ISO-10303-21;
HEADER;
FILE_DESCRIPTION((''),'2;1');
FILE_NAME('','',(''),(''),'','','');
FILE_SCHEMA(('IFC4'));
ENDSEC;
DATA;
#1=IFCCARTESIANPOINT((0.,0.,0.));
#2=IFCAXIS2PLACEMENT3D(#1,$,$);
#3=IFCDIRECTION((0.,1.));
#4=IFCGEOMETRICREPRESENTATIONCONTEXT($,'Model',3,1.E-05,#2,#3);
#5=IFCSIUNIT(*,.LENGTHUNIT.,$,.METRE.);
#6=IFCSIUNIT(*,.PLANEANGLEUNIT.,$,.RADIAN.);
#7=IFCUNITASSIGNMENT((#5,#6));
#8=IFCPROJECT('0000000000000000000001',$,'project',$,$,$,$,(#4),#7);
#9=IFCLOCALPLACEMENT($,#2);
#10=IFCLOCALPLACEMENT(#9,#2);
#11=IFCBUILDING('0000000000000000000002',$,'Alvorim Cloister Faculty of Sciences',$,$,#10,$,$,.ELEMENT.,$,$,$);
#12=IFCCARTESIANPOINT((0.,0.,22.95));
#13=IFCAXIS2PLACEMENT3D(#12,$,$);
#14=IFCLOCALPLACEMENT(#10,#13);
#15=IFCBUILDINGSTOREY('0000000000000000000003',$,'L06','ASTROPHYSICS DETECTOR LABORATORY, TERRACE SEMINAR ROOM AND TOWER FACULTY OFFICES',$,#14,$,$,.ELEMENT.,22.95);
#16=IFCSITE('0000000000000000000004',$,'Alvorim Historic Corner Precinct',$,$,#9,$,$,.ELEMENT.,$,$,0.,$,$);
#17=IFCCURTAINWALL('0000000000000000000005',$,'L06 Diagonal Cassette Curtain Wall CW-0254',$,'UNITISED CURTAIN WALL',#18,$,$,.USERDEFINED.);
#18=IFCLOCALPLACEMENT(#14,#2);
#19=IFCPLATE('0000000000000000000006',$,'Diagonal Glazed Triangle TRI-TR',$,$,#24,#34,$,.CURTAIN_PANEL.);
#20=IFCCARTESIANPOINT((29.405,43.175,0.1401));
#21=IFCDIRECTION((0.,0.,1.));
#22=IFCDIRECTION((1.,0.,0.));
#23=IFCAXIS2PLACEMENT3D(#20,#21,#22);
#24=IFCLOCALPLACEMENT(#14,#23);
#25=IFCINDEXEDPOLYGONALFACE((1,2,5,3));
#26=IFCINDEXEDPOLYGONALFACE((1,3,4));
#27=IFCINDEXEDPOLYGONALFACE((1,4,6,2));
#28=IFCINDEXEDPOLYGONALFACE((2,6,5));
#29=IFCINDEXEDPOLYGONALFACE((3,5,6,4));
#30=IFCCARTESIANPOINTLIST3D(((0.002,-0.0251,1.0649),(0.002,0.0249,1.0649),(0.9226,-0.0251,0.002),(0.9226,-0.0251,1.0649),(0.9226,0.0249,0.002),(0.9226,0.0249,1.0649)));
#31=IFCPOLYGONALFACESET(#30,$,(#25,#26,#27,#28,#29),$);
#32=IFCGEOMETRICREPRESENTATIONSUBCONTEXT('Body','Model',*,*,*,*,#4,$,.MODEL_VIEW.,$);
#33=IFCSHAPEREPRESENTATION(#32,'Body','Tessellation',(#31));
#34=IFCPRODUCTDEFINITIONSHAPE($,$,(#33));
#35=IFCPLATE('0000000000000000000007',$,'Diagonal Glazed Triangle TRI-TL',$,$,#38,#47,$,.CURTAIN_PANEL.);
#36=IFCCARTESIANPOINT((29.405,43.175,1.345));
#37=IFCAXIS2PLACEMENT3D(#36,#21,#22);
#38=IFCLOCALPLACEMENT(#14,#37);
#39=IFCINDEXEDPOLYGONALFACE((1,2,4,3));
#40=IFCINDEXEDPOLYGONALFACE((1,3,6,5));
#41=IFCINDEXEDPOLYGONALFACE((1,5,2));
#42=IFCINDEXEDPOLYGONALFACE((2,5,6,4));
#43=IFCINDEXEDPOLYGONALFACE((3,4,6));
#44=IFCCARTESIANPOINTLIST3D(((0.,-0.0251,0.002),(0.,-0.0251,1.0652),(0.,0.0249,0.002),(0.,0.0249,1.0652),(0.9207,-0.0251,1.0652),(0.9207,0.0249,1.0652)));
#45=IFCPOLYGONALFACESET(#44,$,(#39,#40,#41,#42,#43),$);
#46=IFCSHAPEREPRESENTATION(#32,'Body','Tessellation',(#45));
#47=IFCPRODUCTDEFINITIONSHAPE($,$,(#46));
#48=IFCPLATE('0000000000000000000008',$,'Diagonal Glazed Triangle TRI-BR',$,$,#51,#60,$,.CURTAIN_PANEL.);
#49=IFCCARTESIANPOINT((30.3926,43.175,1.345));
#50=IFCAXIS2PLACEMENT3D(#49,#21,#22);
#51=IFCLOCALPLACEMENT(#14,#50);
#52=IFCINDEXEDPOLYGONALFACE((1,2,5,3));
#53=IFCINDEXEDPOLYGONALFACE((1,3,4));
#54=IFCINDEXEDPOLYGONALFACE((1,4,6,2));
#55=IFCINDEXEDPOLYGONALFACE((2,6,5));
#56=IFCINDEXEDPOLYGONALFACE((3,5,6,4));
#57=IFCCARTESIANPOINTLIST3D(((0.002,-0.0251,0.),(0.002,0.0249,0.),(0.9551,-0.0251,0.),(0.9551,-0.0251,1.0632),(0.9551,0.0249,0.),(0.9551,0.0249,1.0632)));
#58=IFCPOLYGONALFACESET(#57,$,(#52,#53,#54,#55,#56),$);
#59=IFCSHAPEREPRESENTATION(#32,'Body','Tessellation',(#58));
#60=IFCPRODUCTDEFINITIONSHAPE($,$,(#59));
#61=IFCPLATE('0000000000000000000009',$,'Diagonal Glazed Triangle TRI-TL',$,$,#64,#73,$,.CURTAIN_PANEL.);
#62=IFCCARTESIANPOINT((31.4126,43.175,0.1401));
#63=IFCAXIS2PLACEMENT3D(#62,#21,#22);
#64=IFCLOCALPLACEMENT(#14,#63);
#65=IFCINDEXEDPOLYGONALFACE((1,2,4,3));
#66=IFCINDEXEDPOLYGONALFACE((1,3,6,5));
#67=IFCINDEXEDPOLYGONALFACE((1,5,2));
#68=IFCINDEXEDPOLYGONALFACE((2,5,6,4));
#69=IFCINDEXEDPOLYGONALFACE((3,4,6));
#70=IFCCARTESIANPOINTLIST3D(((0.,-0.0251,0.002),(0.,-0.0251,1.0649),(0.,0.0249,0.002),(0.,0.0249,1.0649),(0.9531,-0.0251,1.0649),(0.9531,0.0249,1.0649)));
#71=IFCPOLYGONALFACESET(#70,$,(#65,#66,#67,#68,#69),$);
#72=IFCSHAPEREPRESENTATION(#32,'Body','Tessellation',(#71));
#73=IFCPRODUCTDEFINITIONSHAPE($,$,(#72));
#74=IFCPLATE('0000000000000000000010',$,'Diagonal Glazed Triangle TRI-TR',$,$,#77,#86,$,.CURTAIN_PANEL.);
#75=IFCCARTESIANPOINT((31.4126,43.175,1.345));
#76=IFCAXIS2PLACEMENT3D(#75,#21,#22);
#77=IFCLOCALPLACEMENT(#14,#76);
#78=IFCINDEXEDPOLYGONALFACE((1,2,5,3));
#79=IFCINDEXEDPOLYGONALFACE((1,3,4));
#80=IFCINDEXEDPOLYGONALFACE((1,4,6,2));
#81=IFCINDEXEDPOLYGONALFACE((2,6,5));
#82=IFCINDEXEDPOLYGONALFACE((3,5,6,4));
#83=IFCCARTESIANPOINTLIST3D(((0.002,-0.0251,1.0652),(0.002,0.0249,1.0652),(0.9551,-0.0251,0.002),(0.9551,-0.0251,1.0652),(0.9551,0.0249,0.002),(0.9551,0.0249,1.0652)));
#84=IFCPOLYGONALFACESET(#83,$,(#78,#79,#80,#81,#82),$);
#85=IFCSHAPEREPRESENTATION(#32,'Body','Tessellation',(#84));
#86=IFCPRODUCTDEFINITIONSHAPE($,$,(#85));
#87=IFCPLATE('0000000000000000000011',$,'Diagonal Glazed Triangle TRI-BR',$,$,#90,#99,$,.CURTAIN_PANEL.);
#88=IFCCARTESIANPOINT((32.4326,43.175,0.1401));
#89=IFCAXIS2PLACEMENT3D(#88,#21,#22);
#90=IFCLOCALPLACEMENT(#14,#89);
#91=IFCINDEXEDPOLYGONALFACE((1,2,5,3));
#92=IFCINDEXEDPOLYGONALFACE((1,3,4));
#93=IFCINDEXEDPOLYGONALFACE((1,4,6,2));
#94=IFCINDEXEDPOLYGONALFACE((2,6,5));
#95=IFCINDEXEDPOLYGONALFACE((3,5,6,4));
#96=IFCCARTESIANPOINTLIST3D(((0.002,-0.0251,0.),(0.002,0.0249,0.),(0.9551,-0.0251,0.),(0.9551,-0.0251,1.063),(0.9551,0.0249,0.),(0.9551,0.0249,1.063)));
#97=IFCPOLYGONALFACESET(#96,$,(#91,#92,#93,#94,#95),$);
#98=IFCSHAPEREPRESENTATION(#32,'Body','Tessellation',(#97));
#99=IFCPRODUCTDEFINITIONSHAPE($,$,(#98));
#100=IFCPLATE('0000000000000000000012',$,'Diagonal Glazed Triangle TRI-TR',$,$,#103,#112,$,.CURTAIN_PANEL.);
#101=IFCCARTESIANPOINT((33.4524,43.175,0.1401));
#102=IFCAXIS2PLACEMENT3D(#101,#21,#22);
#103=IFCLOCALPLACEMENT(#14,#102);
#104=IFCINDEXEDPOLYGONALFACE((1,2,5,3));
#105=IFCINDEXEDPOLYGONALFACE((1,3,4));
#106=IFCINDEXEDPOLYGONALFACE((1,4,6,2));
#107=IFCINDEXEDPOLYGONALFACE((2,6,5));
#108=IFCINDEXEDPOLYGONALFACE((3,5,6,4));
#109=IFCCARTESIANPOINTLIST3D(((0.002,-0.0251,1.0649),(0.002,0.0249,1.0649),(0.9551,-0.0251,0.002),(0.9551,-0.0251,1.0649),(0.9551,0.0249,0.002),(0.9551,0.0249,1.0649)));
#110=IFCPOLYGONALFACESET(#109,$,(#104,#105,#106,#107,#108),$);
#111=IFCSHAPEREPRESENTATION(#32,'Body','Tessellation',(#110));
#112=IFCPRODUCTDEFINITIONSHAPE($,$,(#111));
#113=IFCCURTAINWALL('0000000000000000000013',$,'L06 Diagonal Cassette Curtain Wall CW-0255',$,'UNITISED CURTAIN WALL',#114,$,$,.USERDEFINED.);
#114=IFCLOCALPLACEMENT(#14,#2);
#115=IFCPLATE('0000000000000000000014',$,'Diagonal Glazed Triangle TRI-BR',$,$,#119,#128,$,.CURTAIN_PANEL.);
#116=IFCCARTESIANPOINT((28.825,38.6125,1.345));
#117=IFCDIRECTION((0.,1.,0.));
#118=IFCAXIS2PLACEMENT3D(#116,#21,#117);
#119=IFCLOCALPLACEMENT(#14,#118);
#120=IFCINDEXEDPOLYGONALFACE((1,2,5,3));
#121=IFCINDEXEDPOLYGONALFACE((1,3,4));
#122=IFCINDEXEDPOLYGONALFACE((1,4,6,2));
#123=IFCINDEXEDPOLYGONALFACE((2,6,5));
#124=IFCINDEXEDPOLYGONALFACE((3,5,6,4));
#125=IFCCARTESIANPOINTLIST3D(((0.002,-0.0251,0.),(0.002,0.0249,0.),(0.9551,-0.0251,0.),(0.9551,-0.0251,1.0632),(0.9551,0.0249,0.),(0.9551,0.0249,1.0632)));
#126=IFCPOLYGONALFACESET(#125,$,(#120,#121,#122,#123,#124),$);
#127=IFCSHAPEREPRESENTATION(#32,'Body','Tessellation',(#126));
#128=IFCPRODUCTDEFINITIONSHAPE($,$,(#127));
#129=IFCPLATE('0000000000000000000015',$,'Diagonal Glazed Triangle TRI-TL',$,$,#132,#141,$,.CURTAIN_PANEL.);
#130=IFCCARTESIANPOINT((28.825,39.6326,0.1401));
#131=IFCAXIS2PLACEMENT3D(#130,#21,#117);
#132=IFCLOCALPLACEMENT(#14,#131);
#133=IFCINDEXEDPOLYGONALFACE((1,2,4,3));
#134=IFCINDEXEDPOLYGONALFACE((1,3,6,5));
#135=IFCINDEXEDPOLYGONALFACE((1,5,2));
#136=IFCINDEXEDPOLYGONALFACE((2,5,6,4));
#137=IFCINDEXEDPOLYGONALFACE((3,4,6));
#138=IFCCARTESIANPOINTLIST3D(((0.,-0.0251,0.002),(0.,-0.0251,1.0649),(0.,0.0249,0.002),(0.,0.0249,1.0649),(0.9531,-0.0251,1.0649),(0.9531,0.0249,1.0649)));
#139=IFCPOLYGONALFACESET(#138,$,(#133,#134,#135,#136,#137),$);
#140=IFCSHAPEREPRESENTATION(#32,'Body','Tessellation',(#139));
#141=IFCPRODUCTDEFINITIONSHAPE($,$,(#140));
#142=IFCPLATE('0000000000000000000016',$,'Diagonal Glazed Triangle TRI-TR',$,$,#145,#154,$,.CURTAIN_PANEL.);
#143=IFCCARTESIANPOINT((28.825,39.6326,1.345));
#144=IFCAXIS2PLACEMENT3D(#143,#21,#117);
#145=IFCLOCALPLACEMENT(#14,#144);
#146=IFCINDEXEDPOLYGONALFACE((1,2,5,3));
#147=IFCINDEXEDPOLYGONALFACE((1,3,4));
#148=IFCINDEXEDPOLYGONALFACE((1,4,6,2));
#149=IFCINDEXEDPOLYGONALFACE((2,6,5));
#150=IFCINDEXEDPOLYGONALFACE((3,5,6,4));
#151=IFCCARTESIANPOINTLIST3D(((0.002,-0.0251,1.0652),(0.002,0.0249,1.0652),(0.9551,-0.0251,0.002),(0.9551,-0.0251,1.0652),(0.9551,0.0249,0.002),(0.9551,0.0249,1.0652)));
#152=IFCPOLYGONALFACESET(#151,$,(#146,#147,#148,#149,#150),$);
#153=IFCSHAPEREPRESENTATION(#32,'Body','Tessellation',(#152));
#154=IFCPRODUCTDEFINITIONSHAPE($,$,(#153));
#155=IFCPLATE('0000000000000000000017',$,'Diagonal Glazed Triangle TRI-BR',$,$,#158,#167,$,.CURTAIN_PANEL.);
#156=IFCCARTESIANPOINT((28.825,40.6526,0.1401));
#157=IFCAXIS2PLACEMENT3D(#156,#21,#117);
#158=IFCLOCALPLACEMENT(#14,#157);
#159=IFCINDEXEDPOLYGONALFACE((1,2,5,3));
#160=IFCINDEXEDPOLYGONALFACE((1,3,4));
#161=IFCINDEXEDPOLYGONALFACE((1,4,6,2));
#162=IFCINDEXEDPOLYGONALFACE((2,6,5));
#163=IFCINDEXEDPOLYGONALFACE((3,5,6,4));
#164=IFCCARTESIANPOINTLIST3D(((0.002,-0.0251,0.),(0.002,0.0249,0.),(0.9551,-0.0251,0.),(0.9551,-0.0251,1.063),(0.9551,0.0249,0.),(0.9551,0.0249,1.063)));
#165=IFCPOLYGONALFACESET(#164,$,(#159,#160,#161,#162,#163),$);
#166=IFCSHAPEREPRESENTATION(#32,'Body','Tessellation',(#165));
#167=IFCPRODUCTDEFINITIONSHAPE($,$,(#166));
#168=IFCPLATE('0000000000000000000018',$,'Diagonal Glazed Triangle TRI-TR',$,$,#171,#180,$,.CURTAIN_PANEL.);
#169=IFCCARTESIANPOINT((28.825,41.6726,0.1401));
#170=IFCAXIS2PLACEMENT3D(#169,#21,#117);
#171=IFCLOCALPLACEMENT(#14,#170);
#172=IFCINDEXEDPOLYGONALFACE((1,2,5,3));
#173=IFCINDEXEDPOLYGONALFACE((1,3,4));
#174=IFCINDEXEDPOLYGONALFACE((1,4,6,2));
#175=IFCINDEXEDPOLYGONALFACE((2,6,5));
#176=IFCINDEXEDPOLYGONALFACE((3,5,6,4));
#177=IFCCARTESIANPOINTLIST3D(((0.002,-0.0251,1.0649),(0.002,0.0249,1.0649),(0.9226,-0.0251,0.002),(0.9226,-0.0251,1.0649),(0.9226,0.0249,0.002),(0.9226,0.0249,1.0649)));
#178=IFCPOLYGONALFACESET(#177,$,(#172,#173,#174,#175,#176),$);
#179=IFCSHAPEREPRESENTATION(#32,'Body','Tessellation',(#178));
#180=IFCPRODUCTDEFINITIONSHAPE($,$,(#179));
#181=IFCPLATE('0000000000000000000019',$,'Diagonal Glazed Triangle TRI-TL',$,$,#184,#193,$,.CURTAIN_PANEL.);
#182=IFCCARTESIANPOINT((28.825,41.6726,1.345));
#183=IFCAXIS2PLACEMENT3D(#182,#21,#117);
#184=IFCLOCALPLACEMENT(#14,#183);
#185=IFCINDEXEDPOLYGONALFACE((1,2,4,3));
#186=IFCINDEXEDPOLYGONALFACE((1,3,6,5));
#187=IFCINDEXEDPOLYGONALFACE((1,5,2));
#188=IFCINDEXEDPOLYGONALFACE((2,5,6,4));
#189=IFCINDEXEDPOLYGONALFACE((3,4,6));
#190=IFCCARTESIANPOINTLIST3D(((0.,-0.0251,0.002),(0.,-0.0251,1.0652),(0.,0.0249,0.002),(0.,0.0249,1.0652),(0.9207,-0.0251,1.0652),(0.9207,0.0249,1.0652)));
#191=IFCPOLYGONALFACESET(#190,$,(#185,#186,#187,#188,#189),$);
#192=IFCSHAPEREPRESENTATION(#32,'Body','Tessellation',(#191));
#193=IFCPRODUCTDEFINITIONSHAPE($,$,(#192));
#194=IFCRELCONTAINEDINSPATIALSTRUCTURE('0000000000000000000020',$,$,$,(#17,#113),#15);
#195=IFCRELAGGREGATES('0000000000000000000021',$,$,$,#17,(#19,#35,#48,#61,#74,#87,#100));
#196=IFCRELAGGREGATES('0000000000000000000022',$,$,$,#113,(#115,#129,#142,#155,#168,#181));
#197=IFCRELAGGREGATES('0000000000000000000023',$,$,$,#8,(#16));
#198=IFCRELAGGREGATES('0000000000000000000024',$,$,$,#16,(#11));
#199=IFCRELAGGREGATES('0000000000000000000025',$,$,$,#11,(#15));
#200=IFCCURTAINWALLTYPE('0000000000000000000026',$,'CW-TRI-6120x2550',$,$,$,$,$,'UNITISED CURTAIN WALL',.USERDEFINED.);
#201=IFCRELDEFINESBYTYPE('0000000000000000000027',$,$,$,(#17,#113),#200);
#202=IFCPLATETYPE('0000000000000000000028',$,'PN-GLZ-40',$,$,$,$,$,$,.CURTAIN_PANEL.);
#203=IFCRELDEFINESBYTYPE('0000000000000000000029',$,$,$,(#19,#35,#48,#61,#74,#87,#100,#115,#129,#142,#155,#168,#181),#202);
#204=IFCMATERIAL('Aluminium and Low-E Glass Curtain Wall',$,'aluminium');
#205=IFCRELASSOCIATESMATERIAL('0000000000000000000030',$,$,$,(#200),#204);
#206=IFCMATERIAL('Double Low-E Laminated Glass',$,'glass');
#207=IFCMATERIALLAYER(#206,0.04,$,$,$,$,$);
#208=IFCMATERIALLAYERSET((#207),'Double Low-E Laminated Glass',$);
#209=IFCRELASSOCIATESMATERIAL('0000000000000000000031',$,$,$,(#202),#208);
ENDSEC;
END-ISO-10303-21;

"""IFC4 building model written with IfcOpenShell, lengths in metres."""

from ifc_helpers import new_model, si_unit, direction, frame, origin, place, context, subcontext, project, spatial, polyline, outline, extrude, material, layer, layer_set, type_object, element, aggregate, save


model = new_model("IFC4")

# Units and contexts
model_context = context("Model", 3, precision=1e-05, world=origin(), true_north=direction((0.0, 1.0)))
body_context = subcontext(model_context, "Body", "Model", "MODEL_VIEW")
ifc_project = project(units=[si_unit("LENGTHUNIT", "METRE"), si_unit("PLANEANGLEUNIT", "RADIAN")], contexts=[model_context])

# Site, building, storey
site_placement = place(None, origin())
site = spatial("IfcSite", under=ifc_project, at=site_placement, Name="Alvorim Historic Corner Precinct", CompositionType="ELEMENT", RefElevation=0.0)
building_placement = place(site_placement, origin())
building = spatial("IfcBuilding", under=site, at=building_placement, Name="Alvorim Cloister Faculty of Sciences", CompositionType="ELEMENT")
storey_placement = place(building_placement, frame((0.0, 0.0, 22.95)))
storey = spatial("IfcBuildingStorey", under=building, at=storey_placement, Name="L06", Description="ASTROPHYSICS DETECTOR LABORATORY, TERRACE SEMINAR ROOM AND TOWER FACULTY OFFICES", CompositionType="ELEMENT", Elevation=22.95)

# Curtain walls, plates
ifc_material_1 = material(Name="Aluminium and Low-E Glass Curtain Wall", Category="aluminium")
curtain_wall_type = type_object("IfcCurtainWallType", Name="CW-TRI-6120x2550", ElementType="UNITISED CURTAIN WALL", PredefinedType="USERDEFINED", material=ifc_material_1)
curtain_wall_1_placement = place(storey_placement, origin())
curtain_wall_1 = element("IfcCurtainWall", 1, at=curtain_wall_1_placement, inside=storey, type_object=curtain_wall_type, Name="L06 Diagonal Cassette Curtain Wall CW-0254", ObjectType="UNITISED CURTAIN WALL", PredefinedType="USERDEFINED")
ifc_material_2 = material(Name="Double Low-E Laminated Glass", Category="glass")
ifc_layer_1 = layer(ifc_material_2, 0.04)
ifc_layer_set_1 = layer_set([ifc_layer_1], Name="Double Low-E Laminated Glass")
plate_type = type_object("IfcPlateType", Name="PN-GLZ-40", PredefinedType="CURTAIN_PANEL", material=ifc_layer_set_1)
plate_1_placement = place(storey_placement, frame((29.405, 43.175, 0.1401), z_axis=(0.0, 0.0, 1.0), x_axis=(1.0, 0.0, 0.0)))
plate_1 = element("IfcPlate", 2, at=plate_1_placement, type_object=plate_type, Name="Diagonal Glazed Triangle TRI-TR", PredefinedType="CURTAIN_PANEL", context=body_context, shape_type="SweptSolid", body=[
    extrude(outline(polyline([(0.9226, 0.002), (0.9226, 1.0649), (0.002, 1.0649), (0.9226, 0.002)])), frame((0.0, 0.0249, 0.0), z_axis=(0.0, -1.0, 0.0), x_axis=(1.0, 0.0, 0.0)), (0.0, 0.0, 1.0), 0.05),
])
plate_2_placement = place(storey_placement, frame((29.405, 43.175, 1.345), z_axis=(0.0, 0.0, 1.0), x_axis=(1.0, 0.0, 0.0)))
plate_2 = element("IfcPlate", 3, at=plate_2_placement, type_object=plate_type, Name="Diagonal Glazed Triangle TRI-TL", PredefinedType="CURTAIN_PANEL", context=body_context, shape_type="SweptSolid", body=[
    extrude(outline(polyline([(0.9207, 1.0652), (0.0, 1.0652), (0.0, 0.002), (0.9207, 1.0652)])), frame((0.0, 0.0249, 0.0), z_axis=(0.0, -1.0, 0.0), x_axis=(1.0, 0.0, 0.0)), (0.0, 0.0, 1.0), 0.05),
])
plate_3_placement = place(storey_placement, frame((30.3926, 43.175, 1.345), z_axis=(0.0, 0.0, 1.0), x_axis=(1.0, 0.0, 0.0)))
plate_3 = element("IfcPlate", 4, at=plate_3_placement, type_object=plate_type, Name="Diagonal Glazed Triangle TRI-BR", PredefinedType="CURTAIN_PANEL", context=body_context, shape_type="SweptSolid", body=[
    extrude(outline(polyline([(0.002, 0.0), (0.9551, 0.0), (0.9551, 1.0632), (0.002, 0.0)])), frame((0.0, 0.0249, 0.0), z_axis=(0.0, -1.0, 0.0), x_axis=(1.0, 0.0, 0.0)), (0.0, 0.0, 1.0), 0.05),
])
plate_4_placement = place(storey_placement, frame((31.4126, 43.175, 0.1401), z_axis=(0.0, 0.0, 1.0), x_axis=(1.0, 0.0, 0.0)))
plate_4 = element("IfcPlate", 5, at=plate_4_placement, type_object=plate_type, Name="Diagonal Glazed Triangle TRI-TL", PredefinedType="CURTAIN_PANEL", context=body_context, shape_type="SweptSolid", body=[
    extrude(outline(polyline([(0.9531, 1.0649), (0.0, 1.0649), (0.0, 0.002), (0.9531, 1.0649)])), frame((0.0, 0.0249, 0.0), z_axis=(0.0, -1.0, 0.0), x_axis=(1.0, 0.0, 0.0)), (0.0, 0.0, 1.0), 0.05),
])
plate_5_placement = place(storey_placement, frame((31.4126, 43.175, 1.345), z_axis=(0.0, 0.0, 1.0), x_axis=(1.0, 0.0, 0.0)))
plate_5 = element("IfcPlate", 6, at=plate_5_placement, type_object=plate_type, Name="Diagonal Glazed Triangle TRI-TR", PredefinedType="CURTAIN_PANEL", context=body_context, shape_type="SweptSolid", body=[
    extrude(outline(polyline([(0.9551, 0.002), (0.9551, 1.0652), (0.002, 1.0652), (0.9551, 0.002)])), frame((0.0, 0.0249, 0.0), z_axis=(0.0, -1.0, 0.0), x_axis=(1.0, 0.0, 0.0)), (0.0, 0.0, 1.0), 0.05),
])
plate_6_placement = place(storey_placement, frame((32.4326, 43.175, 0.1401), z_axis=(0.0, 0.0, 1.0), x_axis=(1.0, 0.0, 0.0)))
plate_6 = element("IfcPlate", 7, at=plate_6_placement, type_object=plate_type, Name="Diagonal Glazed Triangle TRI-BR", PredefinedType="CURTAIN_PANEL", context=body_context, shape_type="SweptSolid", body=[
    extrude(outline(polyline([(0.002, 0.0), (0.9551, 0.0), (0.9551, 1.063), (0.002, 0.0)])), frame((0.0, 0.0249, 0.0), z_axis=(0.0, -1.0, 0.0), x_axis=(1.0, 0.0, 0.0)), (0.0, 0.0, 1.0), 0.05),
])
plate_7_placement = place(storey_placement, frame((33.4524, 43.175, 0.1401), z_axis=(0.0, 0.0, 1.0), x_axis=(1.0, 0.0, 0.0)))
plate_7 = element("IfcPlate", 8, at=plate_7_placement, type_object=plate_type, Name="Diagonal Glazed Triangle TRI-TR", PredefinedType="CURTAIN_PANEL", context=body_context, shape_type="SweptSolid", body=[
    extrude(outline(polyline([(0.9551, 0.002), (0.9551, 1.0649), (0.002, 1.0649), (0.9551, 0.002)])), frame((0.0, 0.0249, 0.0), z_axis=(0.0, -1.0, 0.0), x_axis=(1.0, 0.0, 0.0)), (0.0, 0.0, 1.0), 0.05),
])
aggregate(curtain_wall_1, [plate_1, plate_2, plate_3, plate_4, plate_5, plate_6, plate_7])
curtain_wall_2_placement = place(storey_placement, origin())
curtain_wall_2 = element("IfcCurtainWall", 9, at=curtain_wall_2_placement, inside=storey, type_object=curtain_wall_type, Name="L06 Diagonal Cassette Curtain Wall CW-0255", ObjectType="UNITISED CURTAIN WALL", PredefinedType="USERDEFINED")
plate_8_placement = place(storey_placement, frame((28.825, 38.6125, 1.345), z_axis=(0.0, 0.0, 1.0), x_axis=(0.0, 1.0, 0.0)))
plate_8 = element("IfcPlate", 10, at=plate_8_placement, type_object=plate_type, Name="Diagonal Glazed Triangle TRI-BR", PredefinedType="CURTAIN_PANEL", context=body_context, shape_type="SweptSolid", body=[
    extrude(outline(polyline([(0.002, 0.0), (0.9551, 0.0), (0.9551, 1.0632), (0.002, 0.0)])), frame((0.0, 0.0249, 0.0), z_axis=(0.0, -1.0, 0.0), x_axis=(1.0, 0.0, 0.0)), (0.0, 0.0, 1.0), 0.05),
])
plate_9_placement = place(storey_placement, frame((28.825, 39.6326, 0.1401), z_axis=(0.0, 0.0, 1.0), x_axis=(0.0, 1.0, 0.0)))
plate_9 = element("IfcPlate", 11, at=plate_9_placement, type_object=plate_type, Name="Diagonal Glazed Triangle TRI-TL", PredefinedType="CURTAIN_PANEL", context=body_context, shape_type="SweptSolid", body=[
    extrude(outline(polyline([(0.9531, 1.0649), (0.0, 1.0649), (0.0, 0.002), (0.9531, 1.0649)])), frame((0.0, 0.0249, 0.0), z_axis=(0.0, -1.0, 0.0), x_axis=(1.0, 0.0, 0.0)), (0.0, 0.0, 1.0), 0.05),
])
plate_10_placement = place(storey_placement, frame((28.825, 39.6326, 1.345), z_axis=(0.0, 0.0, 1.0), x_axis=(0.0, 1.0, 0.0)))
plate_10 = element("IfcPlate", 12, at=plate_10_placement, type_object=plate_type, Name="Diagonal Glazed Triangle TRI-TR", PredefinedType="CURTAIN_PANEL", context=body_context, shape_type="SweptSolid", body=[
    extrude(outline(polyline([(0.9551, 0.002), (0.9551, 1.0652), (0.002, 1.0652), (0.9551, 0.002)])), frame((0.0, 0.0249, 0.0), z_axis=(0.0, -1.0, 0.0), x_axis=(1.0, 0.0, 0.0)), (0.0, 0.0, 1.0), 0.05),
])
plate_11_placement = place(storey_placement, frame((28.825, 40.6526, 0.1401), z_axis=(0.0, 0.0, 1.0), x_axis=(0.0, 1.0, 0.0)))
plate_11 = element("IfcPlate", 13, at=plate_11_placement, type_object=plate_type, Name="Diagonal Glazed Triangle TRI-BR", PredefinedType="CURTAIN_PANEL", context=body_context, shape_type="SweptSolid", body=[
    extrude(outline(polyline([(0.002, 0.0), (0.9551, 0.0), (0.9551, 1.063), (0.002, 0.0)])), frame((0.0, 0.0249, 0.0), z_axis=(0.0, -1.0, 0.0), x_axis=(1.0, 0.0, 0.0)), (0.0, 0.0, 1.0), 0.05),
])
plate_12_placement = place(storey_placement, frame((28.825, 41.6726, 0.1401), z_axis=(0.0, 0.0, 1.0), x_axis=(0.0, 1.0, 0.0)))
plate_12 = element("IfcPlate", 14, at=plate_12_placement, type_object=plate_type, Name="Diagonal Glazed Triangle TRI-TR", PredefinedType="CURTAIN_PANEL", context=body_context, shape_type="SweptSolid", body=[
    extrude(outline(polyline([(0.9226, 0.002), (0.9226, 1.0649), (0.002, 1.0649), (0.9226, 0.002)])), frame((0.0, 0.0249, 0.0), z_axis=(0.0, -1.0, 0.0), x_axis=(1.0, 0.0, 0.0)), (0.0, 0.0, 1.0), 0.05),
])
plate_13_placement = place(storey_placement, frame((28.825, 41.6726, 1.345), z_axis=(0.0, 0.0, 1.0), x_axis=(0.0, 1.0, 0.0)))
plate_13 = element("IfcPlate", 15, at=plate_13_placement, type_object=plate_type, Name="Diagonal Glazed Triangle TRI-TL", PredefinedType="CURTAIN_PANEL", context=body_context, shape_type="SweptSolid", body=[
    extrude(outline(polyline([(0.9207, 1.0652), (0.0, 1.0652), (0.0, 0.002), (0.9207, 1.0652)])), frame((0.0, 0.0249, 0.0), z_axis=(0.0, -1.0, 0.0), x_axis=(1.0, 0.0, 0.0)), (0.0, 0.0, 1.0), 0.05),
])
aggregate(curtain_wall_2, [plate_8, plate_9, plate_10, plate_11, plate_12, plate_13])

save(model, "model.ifc")
